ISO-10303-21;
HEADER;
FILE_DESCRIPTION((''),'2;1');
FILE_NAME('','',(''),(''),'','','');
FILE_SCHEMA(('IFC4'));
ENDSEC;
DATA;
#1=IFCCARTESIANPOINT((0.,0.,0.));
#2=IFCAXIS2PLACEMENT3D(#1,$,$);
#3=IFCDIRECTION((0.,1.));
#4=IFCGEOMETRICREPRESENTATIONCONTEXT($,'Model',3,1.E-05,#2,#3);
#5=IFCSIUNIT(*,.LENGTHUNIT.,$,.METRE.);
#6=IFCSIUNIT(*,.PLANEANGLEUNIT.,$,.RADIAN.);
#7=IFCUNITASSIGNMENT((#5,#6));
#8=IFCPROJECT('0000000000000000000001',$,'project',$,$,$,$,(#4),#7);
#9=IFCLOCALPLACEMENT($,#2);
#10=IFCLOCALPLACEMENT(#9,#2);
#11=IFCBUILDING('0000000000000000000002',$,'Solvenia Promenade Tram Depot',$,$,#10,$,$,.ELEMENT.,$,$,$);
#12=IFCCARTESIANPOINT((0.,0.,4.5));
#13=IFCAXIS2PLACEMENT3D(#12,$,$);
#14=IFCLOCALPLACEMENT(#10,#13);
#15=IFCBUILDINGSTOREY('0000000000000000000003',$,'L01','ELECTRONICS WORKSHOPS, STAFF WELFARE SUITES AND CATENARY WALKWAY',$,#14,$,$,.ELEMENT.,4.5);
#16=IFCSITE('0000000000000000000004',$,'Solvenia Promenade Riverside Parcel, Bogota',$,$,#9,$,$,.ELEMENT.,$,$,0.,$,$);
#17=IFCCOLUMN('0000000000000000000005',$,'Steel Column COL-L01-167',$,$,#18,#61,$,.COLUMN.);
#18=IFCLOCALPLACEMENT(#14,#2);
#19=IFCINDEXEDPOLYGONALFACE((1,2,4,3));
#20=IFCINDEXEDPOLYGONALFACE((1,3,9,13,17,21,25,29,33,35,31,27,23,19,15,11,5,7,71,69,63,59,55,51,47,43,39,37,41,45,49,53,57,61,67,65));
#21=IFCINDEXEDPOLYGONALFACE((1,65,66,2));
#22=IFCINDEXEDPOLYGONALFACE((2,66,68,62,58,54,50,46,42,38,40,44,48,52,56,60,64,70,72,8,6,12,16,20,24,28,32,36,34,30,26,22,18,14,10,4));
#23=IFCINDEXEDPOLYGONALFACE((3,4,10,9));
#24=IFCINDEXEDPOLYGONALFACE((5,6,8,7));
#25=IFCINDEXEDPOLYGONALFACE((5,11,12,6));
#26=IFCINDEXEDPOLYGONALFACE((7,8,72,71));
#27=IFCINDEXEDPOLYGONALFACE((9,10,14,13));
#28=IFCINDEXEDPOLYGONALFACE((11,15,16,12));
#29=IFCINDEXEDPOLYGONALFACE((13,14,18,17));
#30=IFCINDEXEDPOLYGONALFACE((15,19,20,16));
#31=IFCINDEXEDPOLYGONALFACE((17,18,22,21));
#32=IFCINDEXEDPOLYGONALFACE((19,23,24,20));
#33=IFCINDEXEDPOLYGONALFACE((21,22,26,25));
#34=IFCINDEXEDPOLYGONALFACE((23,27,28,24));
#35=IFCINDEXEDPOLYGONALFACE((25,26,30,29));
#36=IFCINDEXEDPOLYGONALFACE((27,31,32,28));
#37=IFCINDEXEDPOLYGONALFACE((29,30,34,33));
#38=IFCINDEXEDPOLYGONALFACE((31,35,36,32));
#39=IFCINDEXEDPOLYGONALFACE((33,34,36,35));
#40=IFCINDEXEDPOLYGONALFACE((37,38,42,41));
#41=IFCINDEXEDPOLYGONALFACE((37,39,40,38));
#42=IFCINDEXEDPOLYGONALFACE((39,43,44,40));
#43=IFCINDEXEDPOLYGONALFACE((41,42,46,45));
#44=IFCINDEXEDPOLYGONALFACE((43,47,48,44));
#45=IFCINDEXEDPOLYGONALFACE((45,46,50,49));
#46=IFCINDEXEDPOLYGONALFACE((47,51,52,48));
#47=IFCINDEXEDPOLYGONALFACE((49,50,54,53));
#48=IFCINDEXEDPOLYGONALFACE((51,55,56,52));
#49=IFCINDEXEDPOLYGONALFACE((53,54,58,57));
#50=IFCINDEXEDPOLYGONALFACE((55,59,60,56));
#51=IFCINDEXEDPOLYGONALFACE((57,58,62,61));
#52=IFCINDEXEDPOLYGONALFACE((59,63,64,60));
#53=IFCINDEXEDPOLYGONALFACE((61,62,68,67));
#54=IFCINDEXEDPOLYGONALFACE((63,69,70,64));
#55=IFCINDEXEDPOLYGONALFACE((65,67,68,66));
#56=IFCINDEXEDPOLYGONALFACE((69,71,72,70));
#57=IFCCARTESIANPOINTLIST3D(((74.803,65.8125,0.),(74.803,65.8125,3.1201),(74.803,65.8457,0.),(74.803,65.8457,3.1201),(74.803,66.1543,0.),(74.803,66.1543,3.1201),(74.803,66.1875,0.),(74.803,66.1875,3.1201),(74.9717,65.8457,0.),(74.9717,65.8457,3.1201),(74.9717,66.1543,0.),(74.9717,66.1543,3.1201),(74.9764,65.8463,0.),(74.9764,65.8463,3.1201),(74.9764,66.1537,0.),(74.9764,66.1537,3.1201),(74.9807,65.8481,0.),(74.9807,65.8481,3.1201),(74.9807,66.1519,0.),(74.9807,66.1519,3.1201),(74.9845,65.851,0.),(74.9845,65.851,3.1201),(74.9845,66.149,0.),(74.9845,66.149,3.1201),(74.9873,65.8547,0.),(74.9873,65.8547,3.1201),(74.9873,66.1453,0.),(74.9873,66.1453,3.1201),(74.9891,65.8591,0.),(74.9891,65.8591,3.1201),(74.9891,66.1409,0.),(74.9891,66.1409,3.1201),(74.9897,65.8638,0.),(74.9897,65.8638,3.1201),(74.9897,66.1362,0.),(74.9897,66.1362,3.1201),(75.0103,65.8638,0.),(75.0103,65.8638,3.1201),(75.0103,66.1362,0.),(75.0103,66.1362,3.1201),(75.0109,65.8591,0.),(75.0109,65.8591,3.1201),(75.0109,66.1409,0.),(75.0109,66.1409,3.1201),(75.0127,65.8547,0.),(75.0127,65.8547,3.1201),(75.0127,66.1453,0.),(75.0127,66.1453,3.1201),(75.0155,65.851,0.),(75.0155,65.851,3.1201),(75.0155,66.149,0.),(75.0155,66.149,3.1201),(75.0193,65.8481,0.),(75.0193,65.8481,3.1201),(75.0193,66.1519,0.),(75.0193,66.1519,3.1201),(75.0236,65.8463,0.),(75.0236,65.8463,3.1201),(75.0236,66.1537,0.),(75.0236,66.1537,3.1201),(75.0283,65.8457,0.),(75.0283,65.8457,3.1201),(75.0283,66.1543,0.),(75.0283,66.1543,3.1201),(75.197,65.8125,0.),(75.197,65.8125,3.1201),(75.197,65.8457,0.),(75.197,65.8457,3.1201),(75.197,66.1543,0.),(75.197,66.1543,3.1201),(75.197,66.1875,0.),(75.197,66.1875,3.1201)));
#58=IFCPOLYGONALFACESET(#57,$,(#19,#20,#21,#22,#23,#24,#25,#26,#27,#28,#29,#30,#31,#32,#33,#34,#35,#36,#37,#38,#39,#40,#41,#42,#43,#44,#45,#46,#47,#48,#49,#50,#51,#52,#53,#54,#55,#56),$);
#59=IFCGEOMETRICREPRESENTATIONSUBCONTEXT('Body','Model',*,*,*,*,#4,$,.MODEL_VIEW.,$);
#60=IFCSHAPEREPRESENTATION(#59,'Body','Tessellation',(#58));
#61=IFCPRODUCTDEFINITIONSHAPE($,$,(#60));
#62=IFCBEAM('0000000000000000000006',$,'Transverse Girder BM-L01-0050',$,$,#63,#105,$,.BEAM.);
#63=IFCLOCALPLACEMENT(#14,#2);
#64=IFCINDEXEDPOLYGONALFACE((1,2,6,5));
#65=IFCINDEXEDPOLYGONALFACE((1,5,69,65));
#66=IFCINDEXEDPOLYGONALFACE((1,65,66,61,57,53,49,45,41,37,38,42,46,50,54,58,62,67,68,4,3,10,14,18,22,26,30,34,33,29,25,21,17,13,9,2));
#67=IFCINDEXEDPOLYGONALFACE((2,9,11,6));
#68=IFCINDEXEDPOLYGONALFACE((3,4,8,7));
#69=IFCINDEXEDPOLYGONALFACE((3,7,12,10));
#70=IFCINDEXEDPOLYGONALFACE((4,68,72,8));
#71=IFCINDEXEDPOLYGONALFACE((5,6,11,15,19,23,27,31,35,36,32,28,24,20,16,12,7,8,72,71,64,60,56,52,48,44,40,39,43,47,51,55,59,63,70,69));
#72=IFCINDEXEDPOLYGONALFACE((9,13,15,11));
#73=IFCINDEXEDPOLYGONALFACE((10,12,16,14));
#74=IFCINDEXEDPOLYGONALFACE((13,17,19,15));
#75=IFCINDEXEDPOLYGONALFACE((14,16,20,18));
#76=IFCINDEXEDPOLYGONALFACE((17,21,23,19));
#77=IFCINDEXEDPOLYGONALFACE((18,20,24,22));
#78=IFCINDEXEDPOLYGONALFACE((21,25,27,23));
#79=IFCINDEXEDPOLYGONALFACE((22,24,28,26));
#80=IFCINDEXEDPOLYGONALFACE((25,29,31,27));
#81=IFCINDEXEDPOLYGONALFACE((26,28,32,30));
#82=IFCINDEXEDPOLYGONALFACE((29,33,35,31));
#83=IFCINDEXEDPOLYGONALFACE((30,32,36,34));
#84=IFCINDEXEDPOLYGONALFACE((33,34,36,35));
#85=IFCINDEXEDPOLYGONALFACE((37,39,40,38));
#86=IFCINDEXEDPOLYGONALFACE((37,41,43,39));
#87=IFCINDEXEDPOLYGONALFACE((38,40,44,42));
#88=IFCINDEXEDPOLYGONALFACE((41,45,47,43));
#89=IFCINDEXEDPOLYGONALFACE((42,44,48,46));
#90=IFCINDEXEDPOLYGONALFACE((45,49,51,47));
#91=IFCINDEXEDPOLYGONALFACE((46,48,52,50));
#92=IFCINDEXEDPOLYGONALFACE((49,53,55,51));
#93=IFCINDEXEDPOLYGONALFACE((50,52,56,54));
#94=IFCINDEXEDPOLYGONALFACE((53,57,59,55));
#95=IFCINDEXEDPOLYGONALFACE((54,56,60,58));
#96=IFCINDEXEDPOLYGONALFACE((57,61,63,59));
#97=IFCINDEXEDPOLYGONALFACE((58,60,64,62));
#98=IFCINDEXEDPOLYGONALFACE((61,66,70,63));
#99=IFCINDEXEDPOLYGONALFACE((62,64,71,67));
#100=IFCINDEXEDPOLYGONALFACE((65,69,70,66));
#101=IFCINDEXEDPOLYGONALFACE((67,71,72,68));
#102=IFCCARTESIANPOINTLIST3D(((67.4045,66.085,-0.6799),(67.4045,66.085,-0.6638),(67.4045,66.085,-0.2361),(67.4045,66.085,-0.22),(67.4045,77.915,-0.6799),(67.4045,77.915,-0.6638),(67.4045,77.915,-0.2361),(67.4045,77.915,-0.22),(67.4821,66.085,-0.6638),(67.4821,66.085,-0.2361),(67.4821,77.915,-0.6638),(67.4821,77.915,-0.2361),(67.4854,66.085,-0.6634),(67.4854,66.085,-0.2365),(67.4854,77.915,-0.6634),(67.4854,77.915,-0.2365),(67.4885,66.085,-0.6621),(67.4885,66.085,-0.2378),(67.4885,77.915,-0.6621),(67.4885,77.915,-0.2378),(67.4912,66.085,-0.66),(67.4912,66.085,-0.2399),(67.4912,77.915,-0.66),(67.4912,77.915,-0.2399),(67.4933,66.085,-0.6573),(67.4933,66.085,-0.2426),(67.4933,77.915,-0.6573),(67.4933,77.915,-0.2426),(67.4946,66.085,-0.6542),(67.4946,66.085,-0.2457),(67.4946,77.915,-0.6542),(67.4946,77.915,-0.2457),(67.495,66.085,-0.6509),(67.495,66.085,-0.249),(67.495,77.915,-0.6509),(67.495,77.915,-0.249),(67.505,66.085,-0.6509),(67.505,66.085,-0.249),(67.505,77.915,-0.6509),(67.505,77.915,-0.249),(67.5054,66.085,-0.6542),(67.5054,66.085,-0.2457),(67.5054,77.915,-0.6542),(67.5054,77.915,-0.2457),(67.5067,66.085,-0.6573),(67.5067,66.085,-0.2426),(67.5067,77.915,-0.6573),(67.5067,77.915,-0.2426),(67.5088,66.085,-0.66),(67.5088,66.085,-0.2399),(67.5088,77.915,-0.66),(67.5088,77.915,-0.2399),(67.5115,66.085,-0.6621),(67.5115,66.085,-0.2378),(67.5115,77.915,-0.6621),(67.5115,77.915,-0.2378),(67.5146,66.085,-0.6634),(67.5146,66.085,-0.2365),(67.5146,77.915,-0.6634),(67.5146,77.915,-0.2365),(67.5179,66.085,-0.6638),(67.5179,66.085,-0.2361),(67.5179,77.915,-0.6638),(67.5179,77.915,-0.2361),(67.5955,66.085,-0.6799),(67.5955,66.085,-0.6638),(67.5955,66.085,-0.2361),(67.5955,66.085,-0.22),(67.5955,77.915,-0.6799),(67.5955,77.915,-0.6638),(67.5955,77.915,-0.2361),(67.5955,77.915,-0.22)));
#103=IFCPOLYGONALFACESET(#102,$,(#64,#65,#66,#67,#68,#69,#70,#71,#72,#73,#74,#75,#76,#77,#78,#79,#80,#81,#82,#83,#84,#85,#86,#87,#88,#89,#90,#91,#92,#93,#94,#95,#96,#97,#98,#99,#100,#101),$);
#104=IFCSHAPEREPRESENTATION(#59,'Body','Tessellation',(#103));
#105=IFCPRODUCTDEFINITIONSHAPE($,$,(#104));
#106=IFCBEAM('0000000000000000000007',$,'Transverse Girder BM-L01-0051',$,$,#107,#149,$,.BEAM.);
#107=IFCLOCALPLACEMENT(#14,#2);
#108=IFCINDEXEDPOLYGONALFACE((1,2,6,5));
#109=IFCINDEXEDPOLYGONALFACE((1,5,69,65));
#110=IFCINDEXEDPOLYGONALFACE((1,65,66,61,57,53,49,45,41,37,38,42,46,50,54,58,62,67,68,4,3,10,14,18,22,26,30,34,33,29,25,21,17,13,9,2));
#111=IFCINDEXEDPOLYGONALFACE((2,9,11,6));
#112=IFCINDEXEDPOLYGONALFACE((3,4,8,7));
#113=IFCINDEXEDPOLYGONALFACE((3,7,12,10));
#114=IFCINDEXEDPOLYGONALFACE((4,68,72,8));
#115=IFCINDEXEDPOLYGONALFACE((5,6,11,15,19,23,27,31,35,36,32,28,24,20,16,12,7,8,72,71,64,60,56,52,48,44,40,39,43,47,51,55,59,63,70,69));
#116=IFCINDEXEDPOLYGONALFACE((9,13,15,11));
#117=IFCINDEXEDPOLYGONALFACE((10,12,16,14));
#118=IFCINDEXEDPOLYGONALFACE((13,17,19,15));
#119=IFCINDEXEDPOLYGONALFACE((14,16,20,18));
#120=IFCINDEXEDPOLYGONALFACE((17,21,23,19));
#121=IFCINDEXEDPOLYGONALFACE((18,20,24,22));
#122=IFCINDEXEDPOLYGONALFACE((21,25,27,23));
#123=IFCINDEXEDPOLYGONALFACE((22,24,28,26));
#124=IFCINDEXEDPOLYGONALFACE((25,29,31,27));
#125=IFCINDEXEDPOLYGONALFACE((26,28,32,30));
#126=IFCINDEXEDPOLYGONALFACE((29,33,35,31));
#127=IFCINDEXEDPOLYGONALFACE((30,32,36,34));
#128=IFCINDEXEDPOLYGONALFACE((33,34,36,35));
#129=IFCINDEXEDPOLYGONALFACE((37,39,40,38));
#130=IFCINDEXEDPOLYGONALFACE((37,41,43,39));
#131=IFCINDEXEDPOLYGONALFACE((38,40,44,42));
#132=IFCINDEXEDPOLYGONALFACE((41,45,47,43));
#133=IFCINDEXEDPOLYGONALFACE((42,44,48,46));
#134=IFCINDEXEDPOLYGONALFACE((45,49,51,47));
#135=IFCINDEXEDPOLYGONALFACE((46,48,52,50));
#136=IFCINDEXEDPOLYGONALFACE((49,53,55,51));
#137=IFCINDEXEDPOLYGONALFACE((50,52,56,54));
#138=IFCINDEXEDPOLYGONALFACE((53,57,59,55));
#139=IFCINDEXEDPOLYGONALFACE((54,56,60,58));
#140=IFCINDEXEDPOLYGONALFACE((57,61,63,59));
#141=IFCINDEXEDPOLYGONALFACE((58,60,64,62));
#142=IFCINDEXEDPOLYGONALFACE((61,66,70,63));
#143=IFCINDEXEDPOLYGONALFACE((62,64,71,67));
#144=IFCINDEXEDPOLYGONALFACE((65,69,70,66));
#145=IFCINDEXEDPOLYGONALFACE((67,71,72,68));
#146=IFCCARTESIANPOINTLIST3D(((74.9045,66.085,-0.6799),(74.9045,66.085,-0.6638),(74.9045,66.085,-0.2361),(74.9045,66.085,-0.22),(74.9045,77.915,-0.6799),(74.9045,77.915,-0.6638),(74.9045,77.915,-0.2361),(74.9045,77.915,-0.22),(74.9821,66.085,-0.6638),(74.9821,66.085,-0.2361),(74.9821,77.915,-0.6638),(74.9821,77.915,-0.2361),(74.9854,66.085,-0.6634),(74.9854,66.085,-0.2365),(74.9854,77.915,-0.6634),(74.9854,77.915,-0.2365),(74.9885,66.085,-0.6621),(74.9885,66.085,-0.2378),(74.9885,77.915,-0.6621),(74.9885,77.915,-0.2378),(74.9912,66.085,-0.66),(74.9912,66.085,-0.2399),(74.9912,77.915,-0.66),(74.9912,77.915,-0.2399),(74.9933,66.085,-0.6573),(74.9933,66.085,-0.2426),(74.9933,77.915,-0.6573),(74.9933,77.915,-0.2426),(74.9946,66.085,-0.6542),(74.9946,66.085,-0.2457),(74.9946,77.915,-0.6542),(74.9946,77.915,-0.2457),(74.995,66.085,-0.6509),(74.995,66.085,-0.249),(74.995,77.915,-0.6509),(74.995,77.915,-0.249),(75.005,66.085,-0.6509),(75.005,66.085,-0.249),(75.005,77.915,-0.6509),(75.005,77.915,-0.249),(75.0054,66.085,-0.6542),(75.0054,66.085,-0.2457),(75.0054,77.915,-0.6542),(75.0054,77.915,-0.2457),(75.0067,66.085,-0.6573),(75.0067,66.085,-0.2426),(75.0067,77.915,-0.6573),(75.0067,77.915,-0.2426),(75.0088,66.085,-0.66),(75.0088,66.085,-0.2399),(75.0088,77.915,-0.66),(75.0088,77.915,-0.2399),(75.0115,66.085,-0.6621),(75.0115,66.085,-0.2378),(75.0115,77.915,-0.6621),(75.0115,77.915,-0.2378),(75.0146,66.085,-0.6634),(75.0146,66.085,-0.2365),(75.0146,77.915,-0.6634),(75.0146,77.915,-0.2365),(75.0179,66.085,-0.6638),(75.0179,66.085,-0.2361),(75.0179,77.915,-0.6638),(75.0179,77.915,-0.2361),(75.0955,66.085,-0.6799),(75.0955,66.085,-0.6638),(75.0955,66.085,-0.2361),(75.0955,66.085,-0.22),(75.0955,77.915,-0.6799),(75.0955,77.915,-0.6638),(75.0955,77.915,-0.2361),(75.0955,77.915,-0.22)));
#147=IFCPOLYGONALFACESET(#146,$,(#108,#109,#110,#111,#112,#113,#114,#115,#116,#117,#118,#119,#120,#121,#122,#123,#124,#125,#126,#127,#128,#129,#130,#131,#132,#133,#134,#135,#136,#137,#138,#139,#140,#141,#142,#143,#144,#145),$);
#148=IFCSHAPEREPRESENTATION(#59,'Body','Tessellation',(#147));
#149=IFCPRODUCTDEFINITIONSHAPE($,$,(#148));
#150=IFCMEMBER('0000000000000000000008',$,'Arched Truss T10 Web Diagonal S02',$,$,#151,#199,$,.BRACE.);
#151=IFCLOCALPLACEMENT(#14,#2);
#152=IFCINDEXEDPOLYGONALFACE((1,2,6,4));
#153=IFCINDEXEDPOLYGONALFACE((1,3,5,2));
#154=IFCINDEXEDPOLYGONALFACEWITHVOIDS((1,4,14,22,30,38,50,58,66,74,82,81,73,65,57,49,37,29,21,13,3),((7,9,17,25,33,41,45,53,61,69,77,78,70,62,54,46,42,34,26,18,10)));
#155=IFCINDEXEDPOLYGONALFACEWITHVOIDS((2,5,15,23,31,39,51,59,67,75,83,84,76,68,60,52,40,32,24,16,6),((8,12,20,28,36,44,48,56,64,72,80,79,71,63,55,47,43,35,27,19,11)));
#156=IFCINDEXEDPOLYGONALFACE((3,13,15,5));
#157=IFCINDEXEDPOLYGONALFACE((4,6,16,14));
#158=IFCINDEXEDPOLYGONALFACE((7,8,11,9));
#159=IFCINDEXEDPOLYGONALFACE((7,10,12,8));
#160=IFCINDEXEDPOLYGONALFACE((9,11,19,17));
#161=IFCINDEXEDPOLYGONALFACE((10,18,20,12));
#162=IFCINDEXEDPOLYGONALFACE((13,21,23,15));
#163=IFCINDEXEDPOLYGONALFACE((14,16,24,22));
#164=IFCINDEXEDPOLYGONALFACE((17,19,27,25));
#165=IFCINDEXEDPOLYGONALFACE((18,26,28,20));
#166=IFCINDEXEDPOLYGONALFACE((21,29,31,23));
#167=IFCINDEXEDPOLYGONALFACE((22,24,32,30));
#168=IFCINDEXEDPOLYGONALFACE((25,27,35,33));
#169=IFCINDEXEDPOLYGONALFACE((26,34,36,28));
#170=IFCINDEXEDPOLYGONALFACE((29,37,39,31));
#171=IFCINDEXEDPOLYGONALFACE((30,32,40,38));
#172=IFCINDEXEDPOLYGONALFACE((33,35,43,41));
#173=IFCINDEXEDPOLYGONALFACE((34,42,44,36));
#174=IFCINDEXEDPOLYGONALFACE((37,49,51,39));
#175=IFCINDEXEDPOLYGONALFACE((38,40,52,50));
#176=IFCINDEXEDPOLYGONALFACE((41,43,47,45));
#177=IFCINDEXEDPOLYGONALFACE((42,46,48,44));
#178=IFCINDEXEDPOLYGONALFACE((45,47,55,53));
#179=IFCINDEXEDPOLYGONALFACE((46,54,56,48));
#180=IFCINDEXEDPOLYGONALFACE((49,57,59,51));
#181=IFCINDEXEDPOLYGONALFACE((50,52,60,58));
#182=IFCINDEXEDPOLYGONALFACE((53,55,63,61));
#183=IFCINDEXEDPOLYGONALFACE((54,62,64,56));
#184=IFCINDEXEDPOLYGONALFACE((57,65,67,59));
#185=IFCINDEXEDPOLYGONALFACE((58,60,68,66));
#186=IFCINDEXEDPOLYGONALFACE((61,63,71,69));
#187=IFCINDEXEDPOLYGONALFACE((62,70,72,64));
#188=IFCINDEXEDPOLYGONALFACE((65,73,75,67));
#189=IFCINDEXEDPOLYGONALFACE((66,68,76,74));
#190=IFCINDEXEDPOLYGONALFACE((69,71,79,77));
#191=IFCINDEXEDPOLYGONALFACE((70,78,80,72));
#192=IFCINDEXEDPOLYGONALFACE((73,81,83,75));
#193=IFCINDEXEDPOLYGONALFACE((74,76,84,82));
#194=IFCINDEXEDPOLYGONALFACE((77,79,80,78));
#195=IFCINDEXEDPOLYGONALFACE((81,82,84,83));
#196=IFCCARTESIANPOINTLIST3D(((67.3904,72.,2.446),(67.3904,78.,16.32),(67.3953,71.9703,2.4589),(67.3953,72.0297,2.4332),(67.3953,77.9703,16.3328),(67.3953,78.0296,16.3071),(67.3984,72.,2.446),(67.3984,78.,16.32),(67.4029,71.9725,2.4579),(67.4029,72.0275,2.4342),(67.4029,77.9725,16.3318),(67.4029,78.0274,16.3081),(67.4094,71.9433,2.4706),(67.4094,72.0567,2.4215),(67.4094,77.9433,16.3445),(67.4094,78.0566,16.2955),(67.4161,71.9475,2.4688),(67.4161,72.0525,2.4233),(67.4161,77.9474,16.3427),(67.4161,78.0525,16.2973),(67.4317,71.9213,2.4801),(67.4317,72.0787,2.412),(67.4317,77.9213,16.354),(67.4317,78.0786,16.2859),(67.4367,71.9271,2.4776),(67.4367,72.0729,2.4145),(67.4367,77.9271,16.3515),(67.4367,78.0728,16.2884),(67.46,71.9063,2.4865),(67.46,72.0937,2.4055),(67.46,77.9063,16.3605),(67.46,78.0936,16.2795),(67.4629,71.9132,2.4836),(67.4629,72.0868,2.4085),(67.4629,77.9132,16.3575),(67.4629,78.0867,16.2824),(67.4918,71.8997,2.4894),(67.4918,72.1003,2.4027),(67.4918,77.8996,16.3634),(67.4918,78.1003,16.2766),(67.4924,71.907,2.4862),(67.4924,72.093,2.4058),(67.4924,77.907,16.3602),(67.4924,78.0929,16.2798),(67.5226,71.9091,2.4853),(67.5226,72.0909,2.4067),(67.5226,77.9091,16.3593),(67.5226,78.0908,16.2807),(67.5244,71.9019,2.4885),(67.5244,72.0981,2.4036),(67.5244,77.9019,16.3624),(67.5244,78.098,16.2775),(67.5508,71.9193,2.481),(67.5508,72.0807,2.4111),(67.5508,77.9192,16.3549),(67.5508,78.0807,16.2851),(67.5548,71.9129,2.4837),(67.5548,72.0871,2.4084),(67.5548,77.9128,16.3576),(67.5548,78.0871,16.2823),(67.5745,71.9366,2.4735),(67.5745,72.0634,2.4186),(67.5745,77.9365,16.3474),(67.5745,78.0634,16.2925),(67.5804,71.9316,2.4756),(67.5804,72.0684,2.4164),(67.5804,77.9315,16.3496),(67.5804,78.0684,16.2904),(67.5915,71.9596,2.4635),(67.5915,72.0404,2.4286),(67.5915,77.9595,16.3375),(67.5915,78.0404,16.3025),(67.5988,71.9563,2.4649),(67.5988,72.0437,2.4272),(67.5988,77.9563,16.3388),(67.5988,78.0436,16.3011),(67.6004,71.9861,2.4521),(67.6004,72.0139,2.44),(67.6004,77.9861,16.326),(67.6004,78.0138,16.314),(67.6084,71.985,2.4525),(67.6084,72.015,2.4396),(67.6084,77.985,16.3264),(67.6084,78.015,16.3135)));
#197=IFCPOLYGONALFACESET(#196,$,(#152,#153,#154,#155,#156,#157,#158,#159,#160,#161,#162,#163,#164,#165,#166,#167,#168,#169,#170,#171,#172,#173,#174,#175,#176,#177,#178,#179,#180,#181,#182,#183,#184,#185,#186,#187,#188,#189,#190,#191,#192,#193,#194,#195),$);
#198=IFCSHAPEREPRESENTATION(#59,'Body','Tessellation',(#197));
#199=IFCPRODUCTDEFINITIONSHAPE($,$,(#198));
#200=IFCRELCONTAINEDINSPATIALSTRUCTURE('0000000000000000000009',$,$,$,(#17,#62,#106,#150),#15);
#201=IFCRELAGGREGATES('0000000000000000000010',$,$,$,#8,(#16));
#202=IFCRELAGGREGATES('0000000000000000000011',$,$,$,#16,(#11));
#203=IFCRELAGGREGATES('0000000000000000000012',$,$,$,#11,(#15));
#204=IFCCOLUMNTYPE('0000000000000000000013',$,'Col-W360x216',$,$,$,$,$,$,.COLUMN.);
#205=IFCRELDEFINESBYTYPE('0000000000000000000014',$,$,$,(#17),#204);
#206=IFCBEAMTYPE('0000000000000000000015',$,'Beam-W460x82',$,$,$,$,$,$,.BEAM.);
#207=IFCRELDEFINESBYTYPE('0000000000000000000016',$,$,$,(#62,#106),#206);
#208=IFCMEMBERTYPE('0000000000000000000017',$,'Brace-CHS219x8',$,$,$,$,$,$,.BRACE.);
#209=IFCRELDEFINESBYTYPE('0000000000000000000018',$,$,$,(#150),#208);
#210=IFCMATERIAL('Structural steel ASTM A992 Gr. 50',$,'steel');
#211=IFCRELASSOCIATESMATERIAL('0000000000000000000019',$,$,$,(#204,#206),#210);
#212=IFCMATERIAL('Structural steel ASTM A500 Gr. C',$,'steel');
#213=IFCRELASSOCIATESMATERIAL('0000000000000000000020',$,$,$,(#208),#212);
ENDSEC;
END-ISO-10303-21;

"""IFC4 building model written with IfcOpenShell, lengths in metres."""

from ifc_helpers import new_model, si_unit, direction, frame, origin, origin_2d, place, context, subcontext, project, spatial, hollow_circle, i_section, extrude, material, material_profile, profile_set, type_object, element, save


model = new_model("IFC4")

# Units and contexts
model_context = context("Model", 3, precision=1e-05, world=origin(), true_north=direction((0.0, 1.0)))
body_context = subcontext(model_context, "Body", "Model", "MODEL_VIEW")
ifc_project = project(units=[si_unit("LENGTHUNIT", "METRE"), si_unit("PLANEANGLEUNIT", "RADIAN")], contexts=[model_context])

# Site, building, storey
site_placement = place(None, origin())
site = spatial("IfcSite", under=ifc_project, at=site_placement, Name="Solvenia Promenade Riverside Parcel, Bogota", CompositionType="ELEMENT", RefElevation=0.0)
building_placement = place(site_placement, origin())
building = spatial("IfcBuilding", under=site, at=building_placement, Name="Solvenia Promenade Tram Depot", CompositionType="ELEMENT")
storey_placement = place(building_placement, frame((0.0, 0.0, 4.5)))
storey = spatial("IfcBuildingStorey", under=building, at=storey_placement, Name="L01", Description="ELECTRONICS WORKSHOPS, STAFF WELFARE SUITES AND CATENARY WALKWAY", CompositionType="ELEMENT", Elevation=4.5)

# Column
ifc_material_1 = material(Name="Structural steel ASTM A992 Gr. 50", Category="steel")
ifc_material_profile_1 = material_profile(ifc_material_1, i_section(OverallWidth=0.394, OverallDepth=0.375, WebThickness=0.0205, FlangeThickness=0.0332, FilletRadius=0.0181, at=origin_2d()), Name="W360x216", Category="steel")
ifc_profile_set_1 = profile_set([ifc_material_profile_1], Name="Structural steel ASTM A992 Gr. 50")
column_type = type_object("IfcColumnType", Name="Col-W360x216", PredefinedType="COLUMN", material=ifc_profile_set_1)
column_placement = place(storey_placement, frame((75.0, 66.0, 0.0), z_axis=(0.0, 0.0, 1.0), x_axis=(1.0, 0.0, 0.0)))
element("IfcColumn", 1, at=column_placement, inside=storey, type_object=column_type, Name="Steel Column COL-L01-167", PredefinedType="COLUMN", context=body_context, shape_type="SweptSolid", body=[
    extrude(i_section(OverallWidth=0.394, OverallDepth=0.375, WebThickness=0.0205, FlangeThickness=0.0332, FilletRadius=0.0181, at=origin_2d()), origin(), (0.0, 0.0, 1.0), 3.1201),
])

# Beams
ifc_material_profile_2 = material_profile(ifc_material_1, i_section(OverallWidth=0.1909, OverallDepth=0.46, WebThickness=0.01, FlangeThickness=0.0161, FilletRadius=0.0129, at=origin_2d()), Name="W460x82", Category="steel")
ifc_profile_set_2 = profile_set([ifc_material_profile_2], Name="Structural steel ASTM A992 Gr. 50")
beam_type_1 = type_object("IfcBeamType", Name="Beam-W460x82", PredefinedType="BEAM", material=ifc_profile_set_2)
for number, where, z_axis, x_axis, name in (
    (2, (67.5, 66.085, -0.45), (0.0, 1.0, 0.0), (-1.0, 0.0, 0.0), "Transverse Girder BM-L01-0050"),
    (3, (75.0, 66.085, -0.45), (0.0, 1.0, 0.0), (-1.0, 0.0, 0.0), "Transverse Girder BM-L01-0051"),
):
    element("IfcBeam", number, at=place(storey_placement, frame(where, z_axis=z_axis, x_axis=x_axis)), inside=storey, type_object=beam_type_1, Name=name, PredefinedType="BEAM", context=body_context, shape_type="SweptSolid", body=[
        extrude(i_section(OverallWidth=0.1909, OverallDepth=0.46, WebThickness=0.01, FlangeThickness=0.0161, FilletRadius=0.0129, at=origin_2d()), origin(), (0.0, 0.0, 1.0), 11.8301),
    ])

# Member
ifc_material_2 = material(Name="Structural steel ASTM A500 Gr. C", Category="steel")
ifc_material_profile_3 = material_profile(ifc_material_2, hollow_circle(Radius=0.1096, WallThickness=0.0081, at=origin_2d()), Name="CHS219.1x8", Category="steel")
ifc_profile_set_3 = profile_set([ifc_material_profile_3], Name="Structural steel ASTM A500 Gr. C")
member_type_1 = type_object("IfcMemberType", Name="Brace-CHS219x8", PredefinedType="BRACE", material=ifc_profile_set_3)
member_1_placement = place(storey_placement, frame((67.5, 72.0, 2.446), z_axis=(0.0, 0.396935, 0.917847), x_axis=(-1.0, 0.0, 0.0)))
element("IfcMember", 4, at=member_1_placement, inside=storey, type_object=member_type_1, Name="Arched Truss T10 Web Diagonal S02", PredefinedType="BRACE", context=body_context, shape_type="SweptSolid", body=[
    extrude(hollow_circle(Radius=0.1096, WallThickness=0.0081, at=origin_2d()), origin(), (0.0, 0.0, 1.0), 15.1157),
])

save(model, "model.ifc")
